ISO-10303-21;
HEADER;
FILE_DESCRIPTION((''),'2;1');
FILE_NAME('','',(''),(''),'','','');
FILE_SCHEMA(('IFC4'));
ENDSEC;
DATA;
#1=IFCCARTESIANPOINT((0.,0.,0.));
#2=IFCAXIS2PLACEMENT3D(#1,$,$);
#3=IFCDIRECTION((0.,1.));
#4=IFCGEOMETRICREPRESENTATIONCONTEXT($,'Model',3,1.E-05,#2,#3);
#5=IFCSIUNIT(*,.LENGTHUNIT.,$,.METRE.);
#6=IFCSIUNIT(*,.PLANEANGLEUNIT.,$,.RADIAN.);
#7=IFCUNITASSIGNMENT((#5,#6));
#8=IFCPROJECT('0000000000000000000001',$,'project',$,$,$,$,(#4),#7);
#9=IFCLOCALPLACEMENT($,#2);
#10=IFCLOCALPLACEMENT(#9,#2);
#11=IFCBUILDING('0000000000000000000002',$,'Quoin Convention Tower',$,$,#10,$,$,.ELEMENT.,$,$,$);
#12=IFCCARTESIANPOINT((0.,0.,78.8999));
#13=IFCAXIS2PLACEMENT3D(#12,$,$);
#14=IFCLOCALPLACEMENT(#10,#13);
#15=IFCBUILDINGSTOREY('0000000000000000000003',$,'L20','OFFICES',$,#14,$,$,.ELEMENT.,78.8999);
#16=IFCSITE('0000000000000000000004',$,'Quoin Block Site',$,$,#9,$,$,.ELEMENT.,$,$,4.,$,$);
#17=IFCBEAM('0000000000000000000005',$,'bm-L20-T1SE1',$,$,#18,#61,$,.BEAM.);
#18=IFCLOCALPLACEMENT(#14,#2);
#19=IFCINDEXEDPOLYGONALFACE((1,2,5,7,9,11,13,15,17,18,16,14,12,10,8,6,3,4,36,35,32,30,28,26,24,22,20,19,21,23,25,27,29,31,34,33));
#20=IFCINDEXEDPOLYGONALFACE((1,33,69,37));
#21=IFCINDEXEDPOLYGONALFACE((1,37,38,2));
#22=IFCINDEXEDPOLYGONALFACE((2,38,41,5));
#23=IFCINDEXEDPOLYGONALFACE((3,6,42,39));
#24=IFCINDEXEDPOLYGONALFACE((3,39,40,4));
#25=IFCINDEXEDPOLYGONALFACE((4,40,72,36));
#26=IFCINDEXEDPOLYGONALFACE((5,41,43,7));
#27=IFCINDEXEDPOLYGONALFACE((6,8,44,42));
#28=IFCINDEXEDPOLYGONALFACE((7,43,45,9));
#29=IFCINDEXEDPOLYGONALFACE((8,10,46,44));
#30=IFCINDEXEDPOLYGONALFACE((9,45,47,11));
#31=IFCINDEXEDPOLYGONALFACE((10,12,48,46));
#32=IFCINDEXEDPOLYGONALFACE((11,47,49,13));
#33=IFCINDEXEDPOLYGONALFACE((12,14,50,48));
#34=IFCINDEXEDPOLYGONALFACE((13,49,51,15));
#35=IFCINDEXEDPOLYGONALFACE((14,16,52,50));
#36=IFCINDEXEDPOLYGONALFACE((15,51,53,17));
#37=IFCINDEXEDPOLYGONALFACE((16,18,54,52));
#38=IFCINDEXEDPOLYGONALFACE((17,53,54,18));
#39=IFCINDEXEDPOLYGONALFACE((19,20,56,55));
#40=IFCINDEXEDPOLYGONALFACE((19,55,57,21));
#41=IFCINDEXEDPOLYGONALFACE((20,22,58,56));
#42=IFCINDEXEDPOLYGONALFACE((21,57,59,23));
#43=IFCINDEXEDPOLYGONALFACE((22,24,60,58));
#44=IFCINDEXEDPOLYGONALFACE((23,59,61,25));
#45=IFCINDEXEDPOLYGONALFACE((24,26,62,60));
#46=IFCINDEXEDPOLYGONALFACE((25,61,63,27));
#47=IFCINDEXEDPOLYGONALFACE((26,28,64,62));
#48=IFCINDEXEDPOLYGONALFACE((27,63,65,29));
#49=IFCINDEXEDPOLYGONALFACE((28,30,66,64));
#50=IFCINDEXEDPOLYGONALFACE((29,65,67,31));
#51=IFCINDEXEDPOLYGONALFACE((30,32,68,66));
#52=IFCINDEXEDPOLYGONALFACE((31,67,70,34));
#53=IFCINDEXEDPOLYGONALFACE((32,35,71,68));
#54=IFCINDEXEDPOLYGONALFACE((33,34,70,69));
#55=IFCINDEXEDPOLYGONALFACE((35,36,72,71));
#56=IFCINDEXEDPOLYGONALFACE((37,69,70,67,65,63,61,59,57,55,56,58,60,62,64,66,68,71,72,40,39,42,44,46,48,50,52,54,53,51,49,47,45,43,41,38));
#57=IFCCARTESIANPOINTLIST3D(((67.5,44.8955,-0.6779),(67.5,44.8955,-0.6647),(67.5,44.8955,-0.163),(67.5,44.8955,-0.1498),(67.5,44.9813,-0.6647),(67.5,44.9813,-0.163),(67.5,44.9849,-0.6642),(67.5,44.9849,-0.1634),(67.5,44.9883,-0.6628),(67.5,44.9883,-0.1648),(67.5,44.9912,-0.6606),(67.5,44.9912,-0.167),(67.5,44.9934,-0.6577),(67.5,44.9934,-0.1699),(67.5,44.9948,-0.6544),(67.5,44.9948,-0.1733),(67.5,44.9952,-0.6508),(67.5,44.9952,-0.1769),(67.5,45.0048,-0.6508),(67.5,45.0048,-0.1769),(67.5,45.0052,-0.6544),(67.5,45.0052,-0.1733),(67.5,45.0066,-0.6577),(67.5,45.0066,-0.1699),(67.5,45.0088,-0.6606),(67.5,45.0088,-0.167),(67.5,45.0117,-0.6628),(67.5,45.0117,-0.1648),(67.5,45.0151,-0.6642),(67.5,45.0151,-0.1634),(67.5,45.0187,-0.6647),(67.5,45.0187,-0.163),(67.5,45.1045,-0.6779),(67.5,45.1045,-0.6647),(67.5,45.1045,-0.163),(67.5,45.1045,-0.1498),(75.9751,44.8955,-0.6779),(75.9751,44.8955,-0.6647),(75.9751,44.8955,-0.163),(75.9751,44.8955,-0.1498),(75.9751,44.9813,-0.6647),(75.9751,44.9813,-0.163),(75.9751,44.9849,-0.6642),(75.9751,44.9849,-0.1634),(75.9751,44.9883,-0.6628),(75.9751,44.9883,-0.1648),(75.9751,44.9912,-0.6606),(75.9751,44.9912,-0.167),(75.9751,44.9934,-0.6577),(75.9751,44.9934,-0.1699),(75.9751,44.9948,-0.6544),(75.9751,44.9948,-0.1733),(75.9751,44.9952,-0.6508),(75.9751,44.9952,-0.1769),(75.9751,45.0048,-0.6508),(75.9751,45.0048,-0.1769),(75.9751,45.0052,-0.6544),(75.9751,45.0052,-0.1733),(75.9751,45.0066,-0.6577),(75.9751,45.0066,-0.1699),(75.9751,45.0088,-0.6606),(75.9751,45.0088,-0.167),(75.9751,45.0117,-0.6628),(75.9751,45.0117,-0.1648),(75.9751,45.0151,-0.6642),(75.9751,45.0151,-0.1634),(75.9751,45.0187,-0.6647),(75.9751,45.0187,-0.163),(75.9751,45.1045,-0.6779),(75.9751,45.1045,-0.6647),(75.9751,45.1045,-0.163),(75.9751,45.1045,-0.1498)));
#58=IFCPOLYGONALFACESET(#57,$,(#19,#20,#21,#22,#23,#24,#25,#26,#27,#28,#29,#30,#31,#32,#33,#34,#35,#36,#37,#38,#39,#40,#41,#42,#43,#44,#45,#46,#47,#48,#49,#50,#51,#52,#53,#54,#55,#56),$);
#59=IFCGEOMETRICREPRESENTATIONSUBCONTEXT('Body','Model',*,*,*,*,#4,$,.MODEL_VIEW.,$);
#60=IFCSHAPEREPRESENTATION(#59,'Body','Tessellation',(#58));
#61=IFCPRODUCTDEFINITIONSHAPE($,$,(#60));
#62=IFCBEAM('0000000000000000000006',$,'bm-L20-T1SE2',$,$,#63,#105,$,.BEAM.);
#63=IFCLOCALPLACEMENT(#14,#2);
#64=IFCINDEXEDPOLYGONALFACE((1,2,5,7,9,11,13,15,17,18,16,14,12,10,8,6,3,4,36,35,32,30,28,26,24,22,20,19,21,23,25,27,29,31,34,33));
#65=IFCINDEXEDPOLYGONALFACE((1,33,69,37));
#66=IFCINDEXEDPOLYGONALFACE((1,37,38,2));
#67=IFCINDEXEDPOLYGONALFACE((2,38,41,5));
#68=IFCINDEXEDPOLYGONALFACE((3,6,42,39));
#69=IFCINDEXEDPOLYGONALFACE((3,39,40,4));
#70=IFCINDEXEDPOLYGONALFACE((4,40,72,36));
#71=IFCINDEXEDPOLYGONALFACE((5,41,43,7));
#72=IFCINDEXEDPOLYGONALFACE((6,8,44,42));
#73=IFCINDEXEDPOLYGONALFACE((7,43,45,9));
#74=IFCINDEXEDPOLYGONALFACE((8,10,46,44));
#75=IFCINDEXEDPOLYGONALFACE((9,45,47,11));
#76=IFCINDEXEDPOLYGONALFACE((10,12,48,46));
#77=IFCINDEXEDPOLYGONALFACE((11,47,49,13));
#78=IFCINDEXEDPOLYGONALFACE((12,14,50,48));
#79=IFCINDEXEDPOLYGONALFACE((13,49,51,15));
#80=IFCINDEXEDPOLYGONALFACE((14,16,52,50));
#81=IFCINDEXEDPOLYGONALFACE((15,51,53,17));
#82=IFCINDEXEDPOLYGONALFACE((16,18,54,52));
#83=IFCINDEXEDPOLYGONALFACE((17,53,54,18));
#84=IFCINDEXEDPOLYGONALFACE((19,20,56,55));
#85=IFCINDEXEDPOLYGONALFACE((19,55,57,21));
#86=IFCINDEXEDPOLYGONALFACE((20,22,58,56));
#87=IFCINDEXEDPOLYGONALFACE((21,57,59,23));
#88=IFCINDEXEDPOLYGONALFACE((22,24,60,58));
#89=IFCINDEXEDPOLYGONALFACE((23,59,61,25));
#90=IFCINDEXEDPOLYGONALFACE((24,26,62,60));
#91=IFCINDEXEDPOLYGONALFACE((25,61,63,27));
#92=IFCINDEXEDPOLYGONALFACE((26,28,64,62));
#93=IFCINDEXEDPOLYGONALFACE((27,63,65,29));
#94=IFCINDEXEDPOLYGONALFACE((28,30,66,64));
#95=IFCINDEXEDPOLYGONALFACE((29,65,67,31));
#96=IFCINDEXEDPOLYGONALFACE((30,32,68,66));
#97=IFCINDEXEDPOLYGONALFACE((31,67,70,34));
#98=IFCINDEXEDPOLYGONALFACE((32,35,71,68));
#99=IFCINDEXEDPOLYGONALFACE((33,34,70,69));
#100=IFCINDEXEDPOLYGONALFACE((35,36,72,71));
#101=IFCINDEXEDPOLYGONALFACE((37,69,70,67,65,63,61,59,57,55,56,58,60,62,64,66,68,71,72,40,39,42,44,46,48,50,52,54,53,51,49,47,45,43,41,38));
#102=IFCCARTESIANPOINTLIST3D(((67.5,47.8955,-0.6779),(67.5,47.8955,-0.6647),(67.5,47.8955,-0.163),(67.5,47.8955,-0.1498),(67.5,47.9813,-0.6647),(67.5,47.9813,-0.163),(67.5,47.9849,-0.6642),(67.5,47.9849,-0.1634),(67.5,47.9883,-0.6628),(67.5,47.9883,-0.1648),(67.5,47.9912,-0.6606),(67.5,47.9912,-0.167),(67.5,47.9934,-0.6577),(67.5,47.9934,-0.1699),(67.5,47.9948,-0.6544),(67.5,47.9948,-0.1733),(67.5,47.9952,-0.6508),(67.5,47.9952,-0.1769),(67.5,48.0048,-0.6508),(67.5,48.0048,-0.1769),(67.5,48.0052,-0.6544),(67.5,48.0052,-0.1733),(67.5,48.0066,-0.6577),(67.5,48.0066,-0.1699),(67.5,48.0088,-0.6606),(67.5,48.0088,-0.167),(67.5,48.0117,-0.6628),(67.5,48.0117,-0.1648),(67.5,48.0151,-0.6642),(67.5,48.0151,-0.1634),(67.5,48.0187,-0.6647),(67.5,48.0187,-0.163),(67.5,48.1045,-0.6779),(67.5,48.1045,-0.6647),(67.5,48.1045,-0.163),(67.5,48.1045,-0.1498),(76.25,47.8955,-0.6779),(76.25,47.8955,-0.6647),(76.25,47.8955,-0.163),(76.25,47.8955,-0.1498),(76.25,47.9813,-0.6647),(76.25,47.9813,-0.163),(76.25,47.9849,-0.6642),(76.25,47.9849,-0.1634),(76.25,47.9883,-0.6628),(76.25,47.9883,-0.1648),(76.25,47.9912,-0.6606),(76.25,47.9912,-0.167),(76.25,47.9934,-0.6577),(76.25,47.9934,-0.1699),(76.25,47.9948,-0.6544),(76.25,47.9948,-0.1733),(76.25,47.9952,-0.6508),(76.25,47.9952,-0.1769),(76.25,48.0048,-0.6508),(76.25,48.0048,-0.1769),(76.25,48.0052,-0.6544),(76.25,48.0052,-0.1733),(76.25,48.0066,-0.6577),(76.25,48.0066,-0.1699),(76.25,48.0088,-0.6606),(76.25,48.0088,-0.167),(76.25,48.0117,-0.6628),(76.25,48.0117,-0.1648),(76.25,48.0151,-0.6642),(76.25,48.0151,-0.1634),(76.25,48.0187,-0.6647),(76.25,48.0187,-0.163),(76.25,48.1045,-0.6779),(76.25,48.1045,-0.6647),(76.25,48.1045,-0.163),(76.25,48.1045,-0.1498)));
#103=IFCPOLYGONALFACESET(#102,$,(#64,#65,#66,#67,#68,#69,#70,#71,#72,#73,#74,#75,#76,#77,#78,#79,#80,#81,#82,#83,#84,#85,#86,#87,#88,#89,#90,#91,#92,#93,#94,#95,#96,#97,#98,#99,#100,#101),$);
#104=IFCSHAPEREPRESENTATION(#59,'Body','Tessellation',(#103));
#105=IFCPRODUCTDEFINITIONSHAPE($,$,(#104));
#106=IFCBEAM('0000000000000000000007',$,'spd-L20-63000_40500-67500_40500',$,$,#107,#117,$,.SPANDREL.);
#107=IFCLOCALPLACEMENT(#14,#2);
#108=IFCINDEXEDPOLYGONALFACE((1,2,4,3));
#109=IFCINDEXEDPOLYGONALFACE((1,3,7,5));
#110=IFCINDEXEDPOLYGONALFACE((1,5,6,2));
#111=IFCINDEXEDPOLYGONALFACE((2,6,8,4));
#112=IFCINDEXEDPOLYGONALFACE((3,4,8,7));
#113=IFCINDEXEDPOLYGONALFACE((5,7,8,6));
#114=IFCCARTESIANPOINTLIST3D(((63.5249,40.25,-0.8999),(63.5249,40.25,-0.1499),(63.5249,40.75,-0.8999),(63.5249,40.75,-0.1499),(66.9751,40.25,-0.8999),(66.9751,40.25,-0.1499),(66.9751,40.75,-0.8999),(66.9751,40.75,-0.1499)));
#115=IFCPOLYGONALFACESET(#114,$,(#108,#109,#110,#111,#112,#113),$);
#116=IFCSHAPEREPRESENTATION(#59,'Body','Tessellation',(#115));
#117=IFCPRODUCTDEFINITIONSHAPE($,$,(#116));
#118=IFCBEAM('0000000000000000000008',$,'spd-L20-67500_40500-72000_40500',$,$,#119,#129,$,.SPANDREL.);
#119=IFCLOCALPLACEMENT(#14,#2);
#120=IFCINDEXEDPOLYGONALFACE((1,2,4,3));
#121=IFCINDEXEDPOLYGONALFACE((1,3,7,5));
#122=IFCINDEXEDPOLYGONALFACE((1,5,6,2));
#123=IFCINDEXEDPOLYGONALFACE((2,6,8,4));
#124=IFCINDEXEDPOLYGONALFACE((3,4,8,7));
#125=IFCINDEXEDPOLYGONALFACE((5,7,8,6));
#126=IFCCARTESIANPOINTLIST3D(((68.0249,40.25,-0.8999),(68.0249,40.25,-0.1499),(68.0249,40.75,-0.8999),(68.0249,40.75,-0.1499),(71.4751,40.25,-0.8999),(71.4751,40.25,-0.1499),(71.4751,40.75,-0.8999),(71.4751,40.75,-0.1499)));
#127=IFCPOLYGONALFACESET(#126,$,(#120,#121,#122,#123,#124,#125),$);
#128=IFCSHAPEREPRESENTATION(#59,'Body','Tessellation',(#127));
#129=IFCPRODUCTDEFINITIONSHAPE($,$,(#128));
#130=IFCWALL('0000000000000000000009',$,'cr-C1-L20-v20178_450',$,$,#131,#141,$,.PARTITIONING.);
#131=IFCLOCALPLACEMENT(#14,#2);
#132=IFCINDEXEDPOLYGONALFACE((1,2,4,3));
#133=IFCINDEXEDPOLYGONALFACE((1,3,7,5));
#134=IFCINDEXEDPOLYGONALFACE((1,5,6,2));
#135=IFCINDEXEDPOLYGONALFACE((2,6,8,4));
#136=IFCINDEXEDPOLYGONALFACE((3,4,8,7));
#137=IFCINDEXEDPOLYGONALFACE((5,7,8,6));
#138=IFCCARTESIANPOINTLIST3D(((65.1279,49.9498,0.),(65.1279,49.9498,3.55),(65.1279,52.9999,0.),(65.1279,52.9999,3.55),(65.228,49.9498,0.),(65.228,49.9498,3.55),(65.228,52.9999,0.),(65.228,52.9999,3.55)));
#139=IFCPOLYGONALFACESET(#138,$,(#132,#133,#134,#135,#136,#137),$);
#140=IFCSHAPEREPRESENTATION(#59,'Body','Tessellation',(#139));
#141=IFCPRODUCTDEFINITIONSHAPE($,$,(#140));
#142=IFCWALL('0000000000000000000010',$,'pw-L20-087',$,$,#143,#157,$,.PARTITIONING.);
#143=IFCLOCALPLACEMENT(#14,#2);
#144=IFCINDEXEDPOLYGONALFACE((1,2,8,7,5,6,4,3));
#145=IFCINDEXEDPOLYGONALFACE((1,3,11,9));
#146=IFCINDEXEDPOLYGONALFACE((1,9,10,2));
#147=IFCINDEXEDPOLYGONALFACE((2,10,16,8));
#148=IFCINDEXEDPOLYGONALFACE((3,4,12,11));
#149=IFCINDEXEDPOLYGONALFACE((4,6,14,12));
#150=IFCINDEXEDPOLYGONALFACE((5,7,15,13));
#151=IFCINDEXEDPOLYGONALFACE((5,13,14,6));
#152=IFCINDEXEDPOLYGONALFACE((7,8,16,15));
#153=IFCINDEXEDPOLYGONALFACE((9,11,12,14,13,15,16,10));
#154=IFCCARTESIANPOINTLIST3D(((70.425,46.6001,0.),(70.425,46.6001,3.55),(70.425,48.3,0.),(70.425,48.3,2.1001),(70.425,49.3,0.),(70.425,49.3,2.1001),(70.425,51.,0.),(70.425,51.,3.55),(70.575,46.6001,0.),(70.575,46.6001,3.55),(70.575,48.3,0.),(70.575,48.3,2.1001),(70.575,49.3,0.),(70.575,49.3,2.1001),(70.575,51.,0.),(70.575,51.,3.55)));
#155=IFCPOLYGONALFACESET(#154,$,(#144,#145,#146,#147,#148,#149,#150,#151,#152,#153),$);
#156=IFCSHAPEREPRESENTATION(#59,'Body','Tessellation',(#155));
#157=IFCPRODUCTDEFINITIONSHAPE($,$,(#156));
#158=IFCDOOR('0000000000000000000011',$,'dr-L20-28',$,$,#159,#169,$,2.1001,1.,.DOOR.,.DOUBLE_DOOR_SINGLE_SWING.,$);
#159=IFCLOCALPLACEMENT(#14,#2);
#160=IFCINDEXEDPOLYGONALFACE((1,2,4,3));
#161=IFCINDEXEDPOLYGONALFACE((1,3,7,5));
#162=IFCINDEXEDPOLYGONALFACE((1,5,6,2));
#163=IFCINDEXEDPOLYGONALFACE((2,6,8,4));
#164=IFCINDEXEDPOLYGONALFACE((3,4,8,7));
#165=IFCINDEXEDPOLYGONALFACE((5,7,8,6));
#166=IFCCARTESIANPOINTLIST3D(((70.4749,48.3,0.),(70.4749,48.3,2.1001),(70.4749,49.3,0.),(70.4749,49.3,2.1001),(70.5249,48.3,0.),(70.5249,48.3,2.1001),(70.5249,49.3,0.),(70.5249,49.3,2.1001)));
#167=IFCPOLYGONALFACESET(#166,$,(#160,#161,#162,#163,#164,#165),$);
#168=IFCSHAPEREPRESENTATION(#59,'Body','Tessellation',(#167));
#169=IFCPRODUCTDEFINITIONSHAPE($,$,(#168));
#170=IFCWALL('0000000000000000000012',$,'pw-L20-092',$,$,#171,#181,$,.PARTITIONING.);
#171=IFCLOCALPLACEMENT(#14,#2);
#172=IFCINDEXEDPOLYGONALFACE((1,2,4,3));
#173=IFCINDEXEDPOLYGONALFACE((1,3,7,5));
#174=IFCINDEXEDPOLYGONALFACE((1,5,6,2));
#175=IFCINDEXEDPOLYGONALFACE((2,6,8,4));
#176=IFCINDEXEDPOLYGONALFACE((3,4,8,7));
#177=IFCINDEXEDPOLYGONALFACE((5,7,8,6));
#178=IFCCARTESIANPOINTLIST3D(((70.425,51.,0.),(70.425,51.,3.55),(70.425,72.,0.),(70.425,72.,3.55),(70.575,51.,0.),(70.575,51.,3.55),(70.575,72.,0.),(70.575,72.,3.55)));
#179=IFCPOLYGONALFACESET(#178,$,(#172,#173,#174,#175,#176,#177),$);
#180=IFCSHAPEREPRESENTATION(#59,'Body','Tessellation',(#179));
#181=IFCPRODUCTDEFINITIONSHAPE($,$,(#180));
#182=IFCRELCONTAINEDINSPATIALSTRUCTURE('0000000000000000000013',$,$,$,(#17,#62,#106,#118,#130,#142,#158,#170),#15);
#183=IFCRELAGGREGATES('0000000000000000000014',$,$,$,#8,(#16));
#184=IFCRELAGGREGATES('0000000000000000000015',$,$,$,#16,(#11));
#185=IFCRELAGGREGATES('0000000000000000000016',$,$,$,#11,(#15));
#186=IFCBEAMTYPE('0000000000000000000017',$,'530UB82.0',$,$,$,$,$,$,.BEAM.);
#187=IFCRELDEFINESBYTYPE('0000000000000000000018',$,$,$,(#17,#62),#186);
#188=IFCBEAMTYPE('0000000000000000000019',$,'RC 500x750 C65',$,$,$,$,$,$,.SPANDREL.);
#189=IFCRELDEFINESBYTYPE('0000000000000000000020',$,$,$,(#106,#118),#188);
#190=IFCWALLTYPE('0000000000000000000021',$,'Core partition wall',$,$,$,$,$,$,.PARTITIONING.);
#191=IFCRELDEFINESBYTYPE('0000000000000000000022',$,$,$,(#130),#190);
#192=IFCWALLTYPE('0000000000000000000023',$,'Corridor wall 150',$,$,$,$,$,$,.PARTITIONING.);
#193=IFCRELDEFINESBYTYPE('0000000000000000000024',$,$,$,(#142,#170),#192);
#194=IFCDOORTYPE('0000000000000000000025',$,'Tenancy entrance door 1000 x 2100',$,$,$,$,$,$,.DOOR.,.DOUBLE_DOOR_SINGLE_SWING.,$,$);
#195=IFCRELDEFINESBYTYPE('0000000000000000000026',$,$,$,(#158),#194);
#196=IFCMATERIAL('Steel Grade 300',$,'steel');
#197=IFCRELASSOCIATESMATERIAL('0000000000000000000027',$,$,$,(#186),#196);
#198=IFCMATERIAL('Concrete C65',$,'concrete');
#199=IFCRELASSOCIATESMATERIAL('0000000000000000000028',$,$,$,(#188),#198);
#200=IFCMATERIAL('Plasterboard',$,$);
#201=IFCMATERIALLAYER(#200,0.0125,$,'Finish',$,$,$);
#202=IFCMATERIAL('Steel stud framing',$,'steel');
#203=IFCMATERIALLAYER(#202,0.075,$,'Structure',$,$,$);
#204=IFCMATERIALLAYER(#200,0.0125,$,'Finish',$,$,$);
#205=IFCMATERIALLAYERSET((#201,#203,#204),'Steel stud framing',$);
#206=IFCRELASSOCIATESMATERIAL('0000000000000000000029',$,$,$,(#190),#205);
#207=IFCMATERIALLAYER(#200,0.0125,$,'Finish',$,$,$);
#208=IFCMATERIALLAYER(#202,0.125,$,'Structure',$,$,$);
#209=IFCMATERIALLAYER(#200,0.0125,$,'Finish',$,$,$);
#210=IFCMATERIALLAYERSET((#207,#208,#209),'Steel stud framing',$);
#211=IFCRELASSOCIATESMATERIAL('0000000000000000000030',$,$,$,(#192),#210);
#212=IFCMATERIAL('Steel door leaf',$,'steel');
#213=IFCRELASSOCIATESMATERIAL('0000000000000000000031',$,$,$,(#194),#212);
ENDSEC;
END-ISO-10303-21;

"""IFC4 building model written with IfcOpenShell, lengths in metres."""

from ifc_helpers import new_model, si_unit, direction, frame, frame_2d, origin, origin_2d, place, context, subcontext, project, spatial, rectangle, i_section, extrude, material, layer, layer_set, material_profile, profile_set, type_object, element, fill, save


model = new_model("IFC4")

# Units and contexts
model_context = context("Model", 3, precision=1e-05, world=origin(), true_north=direction((0.0, 1.0)))
body_context = subcontext(model_context, "Body", "Model", "MODEL_VIEW")
ifc_project = project(units=[si_unit("LENGTHUNIT", "METRE"), si_unit("PLANEANGLEUNIT", "RADIAN")], contexts=[model_context])

# Site, building, storey
site_placement = place(None, origin())
site = spatial("IfcSite", under=ifc_project, at=site_placement, Name="Quoin Block Site", CompositionType="ELEMENT", RefElevation=4.0)
building_placement = place(site_placement, origin())
building = spatial("IfcBuilding", under=site, at=building_placement, Name="Quoin Convention Tower", CompositionType="ELEMENT")
storey_placement = place(building_placement, frame((0.0, 0.0, 78.8999)))
storey = spatial("IfcBuildingStorey", under=building, at=storey_placement, Name="L20", Description="OFFICES", CompositionType="ELEMENT", Elevation=78.8999)

# Shared definitions
ifc_material_1 = material(Name="Concrete C65", Category="concrete")

# Beams
ifc_material_2 = material(Name="Steel Grade 300", Category="steel")
ifc_material_profile_1 = material_profile(ifc_material_2, i_section(OverallWidth=0.209, OverallDepth=0.5281, WebThickness=0.0095, FlangeThickness=0.0132, FilletRadius=0.0139, at=origin_2d()), Name="530UB82.0")
ifc_profile_set_1 = profile_set([ifc_material_profile_1], Name="Steel Grade 300")
beam_type_1 = type_object("IfcBeamType", Name="530UB82.0", PredefinedType="BEAM", material=ifc_profile_set_1)
beam_1_placement = place(storey_placement, frame((67.5, 45.0, -0.4138), z_axis=(1.0, 0.0, 0.0), x_axis=(0.0, 1.0, 0.0)))
element("IfcBeam", 1, at=beam_1_placement, inside=storey, type_object=beam_type_1, Name="bm-L20-T1SE1", PredefinedType="BEAM", context=body_context, shape_type="SweptSolid", body=[
    extrude(i_section(OverallWidth=0.209, OverallDepth=0.5281, WebThickness=0.0095, FlangeThickness=0.0132, FilletRadius=0.0139, at=origin_2d()), origin(), (0.0, 0.0, 1.0), 8.4751),
])
beam_2_placement = place(storey_placement, frame((67.5, 48.0, -0.4138), z_axis=(1.0, 0.0, 0.0), x_axis=(0.0, 1.0, 0.0)))
element("IfcBeam", 2, at=beam_2_placement, inside=storey, type_object=beam_type_1, Name="bm-L20-T1SE2", PredefinedType="BEAM", context=body_context, shape_type="SweptSolid", body=[
    extrude(i_section(OverallWidth=0.209, OverallDepth=0.5281, WebThickness=0.0095, FlangeThickness=0.0132, FilletRadius=0.0139, at=origin_2d()), origin(), (0.0, 0.0, 1.0), 8.75),
])
ifc_material_profile_2 = material_profile(ifc_material_1, rectangle(XDim=0.5, YDim=0.75, at=origin_2d()), Name="RC 500x750")
ifc_profile_set_2 = profile_set([ifc_material_profile_2], Name="Concrete C65")
beam_type_2 = type_object("IfcBeamType", Name="RC 500x750 C65", PredefinedType="SPANDREL", material=ifc_profile_set_2)
for number, where, z_axis, x_axis, name in (
    (3, (63.5249, 40.5, -0.5249), (1.0, 0.0, 0.0), (0.0, 1.0, 0.0), "spd-L20-63000_40500-67500_40500"),
    (4, (68.0249, 40.5, -0.5249), (1.0, 0.0, 0.0), (0.0, 1.0, 0.0), "spd-L20-67500_40500-72000_40500"),
):
    element("IfcBeam", number, at=place(storey_placement, frame(where, z_axis=z_axis, x_axis=x_axis)), inside=storey, type_object=beam_type_2, Name=name, PredefinedType="SPANDREL", context=body_context, shape_type="SweptSolid", body=[
        extrude(rectangle(XDim=0.5, YDim=0.75, at=origin_2d()), origin(), (0.0, 0.0, 1.0), 3.4502),
    ])

# Wall
ifc_material_3 = material(Name="Plasterboard")
ifc_layer_1 = layer(ifc_material_3, 0.0125, Name="Finish")
ifc_material_4 = material(Name="Steel stud framing", Category="steel")
ifc_layer_2 = layer(ifc_material_4, 0.075, Name="Structure")
ifc_layer_3 = layer(ifc_material_3, 0.0125, Name="Finish")
ifc_layer_set_1 = layer_set([ifc_layer_1, ifc_layer_2, ifc_layer_3], Name="Steel stud framing")
wall_type_1 = type_object("IfcWallType", Name="Core partition wall", PredefinedType="PARTITIONING", material=ifc_layer_set_1)
wall_1_placement = place(storey_placement, frame((65.178, 49.95, 0.0), z_axis=(0.0, 0.0, 1.0), x_axis=(0.0, 1.0, 0.0)))
element("IfcWall", 5, at=wall_1_placement, inside=storey, type_object=wall_type_1, Name="cr-C1-L20-v20178_450", PredefinedType="PARTITIONING", context=body_context, shape_type="SweptSolid", body=[
    extrude(rectangle(XDim=3.05, YDim=0.1001, at=frame_2d((1.5249, 0.0))), origin(), (0.0, 0.0, 1.0), 3.55),
])

# Wall, opening, door
ifc_layer_4 = layer(ifc_material_3, 0.0125, Name="Finish")
ifc_layer_5 = layer(ifc_material_4, 0.125, Name="Structure")
ifc_layer_6 = layer(ifc_material_3, 0.0125, Name="Finish")
ifc_layer_set_2 = layer_set([ifc_layer_4, ifc_layer_5, ifc_layer_6], Name="Steel stud framing")
wall_type_2 = type_object("IfcWallType", Name="Corridor wall 150", PredefinedType="PARTITIONING", material=ifc_layer_set_2)
wall_2_placement = place(storey_placement, frame((70.5, 46.6001, 0.0), z_axis=(0.0, 0.0, 1.0), x_axis=(0.0, 1.0, 0.0)))
wall_2 = element("IfcWall", 6, at=wall_2_placement, inside=storey, type_object=wall_type_2, Name="pw-L20-087", PredefinedType="PARTITIONING", context=body_context, shape_type="SweptSolid", body=[
    extrude(rectangle(XDim=4.3999, YDim=0.1499, at=frame_2d((2.2, 0.0))), origin(), (0.0, 0.0, 1.0), 3.55),
])
opening_1_placement = place(wall_2_placement, frame((1.7, 0.0, 0.0)))
opening_1 = element("IfcOpeningElement", 7, at=opening_1_placement, cuts=wall_2, PredefinedType="OPENING", context=body_context, shape_type="SweptSolid", body=[
    extrude(rectangle(XDim=1.0, YDim=2.1001, at=frame_2d((0.5, 1.05))), frame((0.0, 0.085, 0.0), z_axis=(0.0, -1.0, 0.0), x_axis=(1.0, 0.0, 0.0)), (0.0, 0.0, 1.0), 0.1699),
])
ifc_material_5 = material(Name="Steel door leaf", Category="steel")
door_type_1 = type_object("IfcDoorType", Name="Tenancy entrance door 1000 x 2100", OperationType="DOUBLE_DOOR_SINGLE_SWING", PredefinedType="DOOR", material=ifc_material_5)
door_1_placement = place(opening_1_placement, frame((1.0, 0.0, 0.0), z_axis=(0.0, 0.0, 1.0), x_axis=(-1.0, 0.0, 0.0)))
door_1 = element("IfcDoor", 8, at=door_1_placement, inside=storey, type_object=door_type_1, Name="dr-L20-28", OperationType="DOUBLE_DOOR_SINGLE_SWING", OverallHeight=2.1001, OverallWidth=1.0, PredefinedType="DOOR", context=body_context, shape_type="SweptSolid", body=[
    extrude(rectangle(XDim=1.0, YDim=2.1001, at=frame_2d((0.5, 1.05))), frame((0.0, 0.0249, 0.0), z_axis=(0.0, -1.0, 0.0), x_axis=(1.0, 0.0, 0.0)), (0.0, 0.0, 1.0), 0.05),
])
fill(opening_1, door_1)

# Wall
wall_3_placement = place(storey_placement, frame((70.5, 51.0, 0.0), z_axis=(0.0, 0.0, 1.0), x_axis=(0.0, 1.0, 0.0)))
element("IfcWall", 9, at=wall_3_placement, inside=storey, type_object=wall_type_2, Name="pw-L20-092", PredefinedType="PARTITIONING", context=body_context, shape_type="SweptSolid", body=[
    extrude(rectangle(XDim=21.0, YDim=0.1499, at=frame_2d((10.5, 0.0))), origin(), (0.0, 0.0, 1.0), 3.55),
])

save(model, "model.ifc")
